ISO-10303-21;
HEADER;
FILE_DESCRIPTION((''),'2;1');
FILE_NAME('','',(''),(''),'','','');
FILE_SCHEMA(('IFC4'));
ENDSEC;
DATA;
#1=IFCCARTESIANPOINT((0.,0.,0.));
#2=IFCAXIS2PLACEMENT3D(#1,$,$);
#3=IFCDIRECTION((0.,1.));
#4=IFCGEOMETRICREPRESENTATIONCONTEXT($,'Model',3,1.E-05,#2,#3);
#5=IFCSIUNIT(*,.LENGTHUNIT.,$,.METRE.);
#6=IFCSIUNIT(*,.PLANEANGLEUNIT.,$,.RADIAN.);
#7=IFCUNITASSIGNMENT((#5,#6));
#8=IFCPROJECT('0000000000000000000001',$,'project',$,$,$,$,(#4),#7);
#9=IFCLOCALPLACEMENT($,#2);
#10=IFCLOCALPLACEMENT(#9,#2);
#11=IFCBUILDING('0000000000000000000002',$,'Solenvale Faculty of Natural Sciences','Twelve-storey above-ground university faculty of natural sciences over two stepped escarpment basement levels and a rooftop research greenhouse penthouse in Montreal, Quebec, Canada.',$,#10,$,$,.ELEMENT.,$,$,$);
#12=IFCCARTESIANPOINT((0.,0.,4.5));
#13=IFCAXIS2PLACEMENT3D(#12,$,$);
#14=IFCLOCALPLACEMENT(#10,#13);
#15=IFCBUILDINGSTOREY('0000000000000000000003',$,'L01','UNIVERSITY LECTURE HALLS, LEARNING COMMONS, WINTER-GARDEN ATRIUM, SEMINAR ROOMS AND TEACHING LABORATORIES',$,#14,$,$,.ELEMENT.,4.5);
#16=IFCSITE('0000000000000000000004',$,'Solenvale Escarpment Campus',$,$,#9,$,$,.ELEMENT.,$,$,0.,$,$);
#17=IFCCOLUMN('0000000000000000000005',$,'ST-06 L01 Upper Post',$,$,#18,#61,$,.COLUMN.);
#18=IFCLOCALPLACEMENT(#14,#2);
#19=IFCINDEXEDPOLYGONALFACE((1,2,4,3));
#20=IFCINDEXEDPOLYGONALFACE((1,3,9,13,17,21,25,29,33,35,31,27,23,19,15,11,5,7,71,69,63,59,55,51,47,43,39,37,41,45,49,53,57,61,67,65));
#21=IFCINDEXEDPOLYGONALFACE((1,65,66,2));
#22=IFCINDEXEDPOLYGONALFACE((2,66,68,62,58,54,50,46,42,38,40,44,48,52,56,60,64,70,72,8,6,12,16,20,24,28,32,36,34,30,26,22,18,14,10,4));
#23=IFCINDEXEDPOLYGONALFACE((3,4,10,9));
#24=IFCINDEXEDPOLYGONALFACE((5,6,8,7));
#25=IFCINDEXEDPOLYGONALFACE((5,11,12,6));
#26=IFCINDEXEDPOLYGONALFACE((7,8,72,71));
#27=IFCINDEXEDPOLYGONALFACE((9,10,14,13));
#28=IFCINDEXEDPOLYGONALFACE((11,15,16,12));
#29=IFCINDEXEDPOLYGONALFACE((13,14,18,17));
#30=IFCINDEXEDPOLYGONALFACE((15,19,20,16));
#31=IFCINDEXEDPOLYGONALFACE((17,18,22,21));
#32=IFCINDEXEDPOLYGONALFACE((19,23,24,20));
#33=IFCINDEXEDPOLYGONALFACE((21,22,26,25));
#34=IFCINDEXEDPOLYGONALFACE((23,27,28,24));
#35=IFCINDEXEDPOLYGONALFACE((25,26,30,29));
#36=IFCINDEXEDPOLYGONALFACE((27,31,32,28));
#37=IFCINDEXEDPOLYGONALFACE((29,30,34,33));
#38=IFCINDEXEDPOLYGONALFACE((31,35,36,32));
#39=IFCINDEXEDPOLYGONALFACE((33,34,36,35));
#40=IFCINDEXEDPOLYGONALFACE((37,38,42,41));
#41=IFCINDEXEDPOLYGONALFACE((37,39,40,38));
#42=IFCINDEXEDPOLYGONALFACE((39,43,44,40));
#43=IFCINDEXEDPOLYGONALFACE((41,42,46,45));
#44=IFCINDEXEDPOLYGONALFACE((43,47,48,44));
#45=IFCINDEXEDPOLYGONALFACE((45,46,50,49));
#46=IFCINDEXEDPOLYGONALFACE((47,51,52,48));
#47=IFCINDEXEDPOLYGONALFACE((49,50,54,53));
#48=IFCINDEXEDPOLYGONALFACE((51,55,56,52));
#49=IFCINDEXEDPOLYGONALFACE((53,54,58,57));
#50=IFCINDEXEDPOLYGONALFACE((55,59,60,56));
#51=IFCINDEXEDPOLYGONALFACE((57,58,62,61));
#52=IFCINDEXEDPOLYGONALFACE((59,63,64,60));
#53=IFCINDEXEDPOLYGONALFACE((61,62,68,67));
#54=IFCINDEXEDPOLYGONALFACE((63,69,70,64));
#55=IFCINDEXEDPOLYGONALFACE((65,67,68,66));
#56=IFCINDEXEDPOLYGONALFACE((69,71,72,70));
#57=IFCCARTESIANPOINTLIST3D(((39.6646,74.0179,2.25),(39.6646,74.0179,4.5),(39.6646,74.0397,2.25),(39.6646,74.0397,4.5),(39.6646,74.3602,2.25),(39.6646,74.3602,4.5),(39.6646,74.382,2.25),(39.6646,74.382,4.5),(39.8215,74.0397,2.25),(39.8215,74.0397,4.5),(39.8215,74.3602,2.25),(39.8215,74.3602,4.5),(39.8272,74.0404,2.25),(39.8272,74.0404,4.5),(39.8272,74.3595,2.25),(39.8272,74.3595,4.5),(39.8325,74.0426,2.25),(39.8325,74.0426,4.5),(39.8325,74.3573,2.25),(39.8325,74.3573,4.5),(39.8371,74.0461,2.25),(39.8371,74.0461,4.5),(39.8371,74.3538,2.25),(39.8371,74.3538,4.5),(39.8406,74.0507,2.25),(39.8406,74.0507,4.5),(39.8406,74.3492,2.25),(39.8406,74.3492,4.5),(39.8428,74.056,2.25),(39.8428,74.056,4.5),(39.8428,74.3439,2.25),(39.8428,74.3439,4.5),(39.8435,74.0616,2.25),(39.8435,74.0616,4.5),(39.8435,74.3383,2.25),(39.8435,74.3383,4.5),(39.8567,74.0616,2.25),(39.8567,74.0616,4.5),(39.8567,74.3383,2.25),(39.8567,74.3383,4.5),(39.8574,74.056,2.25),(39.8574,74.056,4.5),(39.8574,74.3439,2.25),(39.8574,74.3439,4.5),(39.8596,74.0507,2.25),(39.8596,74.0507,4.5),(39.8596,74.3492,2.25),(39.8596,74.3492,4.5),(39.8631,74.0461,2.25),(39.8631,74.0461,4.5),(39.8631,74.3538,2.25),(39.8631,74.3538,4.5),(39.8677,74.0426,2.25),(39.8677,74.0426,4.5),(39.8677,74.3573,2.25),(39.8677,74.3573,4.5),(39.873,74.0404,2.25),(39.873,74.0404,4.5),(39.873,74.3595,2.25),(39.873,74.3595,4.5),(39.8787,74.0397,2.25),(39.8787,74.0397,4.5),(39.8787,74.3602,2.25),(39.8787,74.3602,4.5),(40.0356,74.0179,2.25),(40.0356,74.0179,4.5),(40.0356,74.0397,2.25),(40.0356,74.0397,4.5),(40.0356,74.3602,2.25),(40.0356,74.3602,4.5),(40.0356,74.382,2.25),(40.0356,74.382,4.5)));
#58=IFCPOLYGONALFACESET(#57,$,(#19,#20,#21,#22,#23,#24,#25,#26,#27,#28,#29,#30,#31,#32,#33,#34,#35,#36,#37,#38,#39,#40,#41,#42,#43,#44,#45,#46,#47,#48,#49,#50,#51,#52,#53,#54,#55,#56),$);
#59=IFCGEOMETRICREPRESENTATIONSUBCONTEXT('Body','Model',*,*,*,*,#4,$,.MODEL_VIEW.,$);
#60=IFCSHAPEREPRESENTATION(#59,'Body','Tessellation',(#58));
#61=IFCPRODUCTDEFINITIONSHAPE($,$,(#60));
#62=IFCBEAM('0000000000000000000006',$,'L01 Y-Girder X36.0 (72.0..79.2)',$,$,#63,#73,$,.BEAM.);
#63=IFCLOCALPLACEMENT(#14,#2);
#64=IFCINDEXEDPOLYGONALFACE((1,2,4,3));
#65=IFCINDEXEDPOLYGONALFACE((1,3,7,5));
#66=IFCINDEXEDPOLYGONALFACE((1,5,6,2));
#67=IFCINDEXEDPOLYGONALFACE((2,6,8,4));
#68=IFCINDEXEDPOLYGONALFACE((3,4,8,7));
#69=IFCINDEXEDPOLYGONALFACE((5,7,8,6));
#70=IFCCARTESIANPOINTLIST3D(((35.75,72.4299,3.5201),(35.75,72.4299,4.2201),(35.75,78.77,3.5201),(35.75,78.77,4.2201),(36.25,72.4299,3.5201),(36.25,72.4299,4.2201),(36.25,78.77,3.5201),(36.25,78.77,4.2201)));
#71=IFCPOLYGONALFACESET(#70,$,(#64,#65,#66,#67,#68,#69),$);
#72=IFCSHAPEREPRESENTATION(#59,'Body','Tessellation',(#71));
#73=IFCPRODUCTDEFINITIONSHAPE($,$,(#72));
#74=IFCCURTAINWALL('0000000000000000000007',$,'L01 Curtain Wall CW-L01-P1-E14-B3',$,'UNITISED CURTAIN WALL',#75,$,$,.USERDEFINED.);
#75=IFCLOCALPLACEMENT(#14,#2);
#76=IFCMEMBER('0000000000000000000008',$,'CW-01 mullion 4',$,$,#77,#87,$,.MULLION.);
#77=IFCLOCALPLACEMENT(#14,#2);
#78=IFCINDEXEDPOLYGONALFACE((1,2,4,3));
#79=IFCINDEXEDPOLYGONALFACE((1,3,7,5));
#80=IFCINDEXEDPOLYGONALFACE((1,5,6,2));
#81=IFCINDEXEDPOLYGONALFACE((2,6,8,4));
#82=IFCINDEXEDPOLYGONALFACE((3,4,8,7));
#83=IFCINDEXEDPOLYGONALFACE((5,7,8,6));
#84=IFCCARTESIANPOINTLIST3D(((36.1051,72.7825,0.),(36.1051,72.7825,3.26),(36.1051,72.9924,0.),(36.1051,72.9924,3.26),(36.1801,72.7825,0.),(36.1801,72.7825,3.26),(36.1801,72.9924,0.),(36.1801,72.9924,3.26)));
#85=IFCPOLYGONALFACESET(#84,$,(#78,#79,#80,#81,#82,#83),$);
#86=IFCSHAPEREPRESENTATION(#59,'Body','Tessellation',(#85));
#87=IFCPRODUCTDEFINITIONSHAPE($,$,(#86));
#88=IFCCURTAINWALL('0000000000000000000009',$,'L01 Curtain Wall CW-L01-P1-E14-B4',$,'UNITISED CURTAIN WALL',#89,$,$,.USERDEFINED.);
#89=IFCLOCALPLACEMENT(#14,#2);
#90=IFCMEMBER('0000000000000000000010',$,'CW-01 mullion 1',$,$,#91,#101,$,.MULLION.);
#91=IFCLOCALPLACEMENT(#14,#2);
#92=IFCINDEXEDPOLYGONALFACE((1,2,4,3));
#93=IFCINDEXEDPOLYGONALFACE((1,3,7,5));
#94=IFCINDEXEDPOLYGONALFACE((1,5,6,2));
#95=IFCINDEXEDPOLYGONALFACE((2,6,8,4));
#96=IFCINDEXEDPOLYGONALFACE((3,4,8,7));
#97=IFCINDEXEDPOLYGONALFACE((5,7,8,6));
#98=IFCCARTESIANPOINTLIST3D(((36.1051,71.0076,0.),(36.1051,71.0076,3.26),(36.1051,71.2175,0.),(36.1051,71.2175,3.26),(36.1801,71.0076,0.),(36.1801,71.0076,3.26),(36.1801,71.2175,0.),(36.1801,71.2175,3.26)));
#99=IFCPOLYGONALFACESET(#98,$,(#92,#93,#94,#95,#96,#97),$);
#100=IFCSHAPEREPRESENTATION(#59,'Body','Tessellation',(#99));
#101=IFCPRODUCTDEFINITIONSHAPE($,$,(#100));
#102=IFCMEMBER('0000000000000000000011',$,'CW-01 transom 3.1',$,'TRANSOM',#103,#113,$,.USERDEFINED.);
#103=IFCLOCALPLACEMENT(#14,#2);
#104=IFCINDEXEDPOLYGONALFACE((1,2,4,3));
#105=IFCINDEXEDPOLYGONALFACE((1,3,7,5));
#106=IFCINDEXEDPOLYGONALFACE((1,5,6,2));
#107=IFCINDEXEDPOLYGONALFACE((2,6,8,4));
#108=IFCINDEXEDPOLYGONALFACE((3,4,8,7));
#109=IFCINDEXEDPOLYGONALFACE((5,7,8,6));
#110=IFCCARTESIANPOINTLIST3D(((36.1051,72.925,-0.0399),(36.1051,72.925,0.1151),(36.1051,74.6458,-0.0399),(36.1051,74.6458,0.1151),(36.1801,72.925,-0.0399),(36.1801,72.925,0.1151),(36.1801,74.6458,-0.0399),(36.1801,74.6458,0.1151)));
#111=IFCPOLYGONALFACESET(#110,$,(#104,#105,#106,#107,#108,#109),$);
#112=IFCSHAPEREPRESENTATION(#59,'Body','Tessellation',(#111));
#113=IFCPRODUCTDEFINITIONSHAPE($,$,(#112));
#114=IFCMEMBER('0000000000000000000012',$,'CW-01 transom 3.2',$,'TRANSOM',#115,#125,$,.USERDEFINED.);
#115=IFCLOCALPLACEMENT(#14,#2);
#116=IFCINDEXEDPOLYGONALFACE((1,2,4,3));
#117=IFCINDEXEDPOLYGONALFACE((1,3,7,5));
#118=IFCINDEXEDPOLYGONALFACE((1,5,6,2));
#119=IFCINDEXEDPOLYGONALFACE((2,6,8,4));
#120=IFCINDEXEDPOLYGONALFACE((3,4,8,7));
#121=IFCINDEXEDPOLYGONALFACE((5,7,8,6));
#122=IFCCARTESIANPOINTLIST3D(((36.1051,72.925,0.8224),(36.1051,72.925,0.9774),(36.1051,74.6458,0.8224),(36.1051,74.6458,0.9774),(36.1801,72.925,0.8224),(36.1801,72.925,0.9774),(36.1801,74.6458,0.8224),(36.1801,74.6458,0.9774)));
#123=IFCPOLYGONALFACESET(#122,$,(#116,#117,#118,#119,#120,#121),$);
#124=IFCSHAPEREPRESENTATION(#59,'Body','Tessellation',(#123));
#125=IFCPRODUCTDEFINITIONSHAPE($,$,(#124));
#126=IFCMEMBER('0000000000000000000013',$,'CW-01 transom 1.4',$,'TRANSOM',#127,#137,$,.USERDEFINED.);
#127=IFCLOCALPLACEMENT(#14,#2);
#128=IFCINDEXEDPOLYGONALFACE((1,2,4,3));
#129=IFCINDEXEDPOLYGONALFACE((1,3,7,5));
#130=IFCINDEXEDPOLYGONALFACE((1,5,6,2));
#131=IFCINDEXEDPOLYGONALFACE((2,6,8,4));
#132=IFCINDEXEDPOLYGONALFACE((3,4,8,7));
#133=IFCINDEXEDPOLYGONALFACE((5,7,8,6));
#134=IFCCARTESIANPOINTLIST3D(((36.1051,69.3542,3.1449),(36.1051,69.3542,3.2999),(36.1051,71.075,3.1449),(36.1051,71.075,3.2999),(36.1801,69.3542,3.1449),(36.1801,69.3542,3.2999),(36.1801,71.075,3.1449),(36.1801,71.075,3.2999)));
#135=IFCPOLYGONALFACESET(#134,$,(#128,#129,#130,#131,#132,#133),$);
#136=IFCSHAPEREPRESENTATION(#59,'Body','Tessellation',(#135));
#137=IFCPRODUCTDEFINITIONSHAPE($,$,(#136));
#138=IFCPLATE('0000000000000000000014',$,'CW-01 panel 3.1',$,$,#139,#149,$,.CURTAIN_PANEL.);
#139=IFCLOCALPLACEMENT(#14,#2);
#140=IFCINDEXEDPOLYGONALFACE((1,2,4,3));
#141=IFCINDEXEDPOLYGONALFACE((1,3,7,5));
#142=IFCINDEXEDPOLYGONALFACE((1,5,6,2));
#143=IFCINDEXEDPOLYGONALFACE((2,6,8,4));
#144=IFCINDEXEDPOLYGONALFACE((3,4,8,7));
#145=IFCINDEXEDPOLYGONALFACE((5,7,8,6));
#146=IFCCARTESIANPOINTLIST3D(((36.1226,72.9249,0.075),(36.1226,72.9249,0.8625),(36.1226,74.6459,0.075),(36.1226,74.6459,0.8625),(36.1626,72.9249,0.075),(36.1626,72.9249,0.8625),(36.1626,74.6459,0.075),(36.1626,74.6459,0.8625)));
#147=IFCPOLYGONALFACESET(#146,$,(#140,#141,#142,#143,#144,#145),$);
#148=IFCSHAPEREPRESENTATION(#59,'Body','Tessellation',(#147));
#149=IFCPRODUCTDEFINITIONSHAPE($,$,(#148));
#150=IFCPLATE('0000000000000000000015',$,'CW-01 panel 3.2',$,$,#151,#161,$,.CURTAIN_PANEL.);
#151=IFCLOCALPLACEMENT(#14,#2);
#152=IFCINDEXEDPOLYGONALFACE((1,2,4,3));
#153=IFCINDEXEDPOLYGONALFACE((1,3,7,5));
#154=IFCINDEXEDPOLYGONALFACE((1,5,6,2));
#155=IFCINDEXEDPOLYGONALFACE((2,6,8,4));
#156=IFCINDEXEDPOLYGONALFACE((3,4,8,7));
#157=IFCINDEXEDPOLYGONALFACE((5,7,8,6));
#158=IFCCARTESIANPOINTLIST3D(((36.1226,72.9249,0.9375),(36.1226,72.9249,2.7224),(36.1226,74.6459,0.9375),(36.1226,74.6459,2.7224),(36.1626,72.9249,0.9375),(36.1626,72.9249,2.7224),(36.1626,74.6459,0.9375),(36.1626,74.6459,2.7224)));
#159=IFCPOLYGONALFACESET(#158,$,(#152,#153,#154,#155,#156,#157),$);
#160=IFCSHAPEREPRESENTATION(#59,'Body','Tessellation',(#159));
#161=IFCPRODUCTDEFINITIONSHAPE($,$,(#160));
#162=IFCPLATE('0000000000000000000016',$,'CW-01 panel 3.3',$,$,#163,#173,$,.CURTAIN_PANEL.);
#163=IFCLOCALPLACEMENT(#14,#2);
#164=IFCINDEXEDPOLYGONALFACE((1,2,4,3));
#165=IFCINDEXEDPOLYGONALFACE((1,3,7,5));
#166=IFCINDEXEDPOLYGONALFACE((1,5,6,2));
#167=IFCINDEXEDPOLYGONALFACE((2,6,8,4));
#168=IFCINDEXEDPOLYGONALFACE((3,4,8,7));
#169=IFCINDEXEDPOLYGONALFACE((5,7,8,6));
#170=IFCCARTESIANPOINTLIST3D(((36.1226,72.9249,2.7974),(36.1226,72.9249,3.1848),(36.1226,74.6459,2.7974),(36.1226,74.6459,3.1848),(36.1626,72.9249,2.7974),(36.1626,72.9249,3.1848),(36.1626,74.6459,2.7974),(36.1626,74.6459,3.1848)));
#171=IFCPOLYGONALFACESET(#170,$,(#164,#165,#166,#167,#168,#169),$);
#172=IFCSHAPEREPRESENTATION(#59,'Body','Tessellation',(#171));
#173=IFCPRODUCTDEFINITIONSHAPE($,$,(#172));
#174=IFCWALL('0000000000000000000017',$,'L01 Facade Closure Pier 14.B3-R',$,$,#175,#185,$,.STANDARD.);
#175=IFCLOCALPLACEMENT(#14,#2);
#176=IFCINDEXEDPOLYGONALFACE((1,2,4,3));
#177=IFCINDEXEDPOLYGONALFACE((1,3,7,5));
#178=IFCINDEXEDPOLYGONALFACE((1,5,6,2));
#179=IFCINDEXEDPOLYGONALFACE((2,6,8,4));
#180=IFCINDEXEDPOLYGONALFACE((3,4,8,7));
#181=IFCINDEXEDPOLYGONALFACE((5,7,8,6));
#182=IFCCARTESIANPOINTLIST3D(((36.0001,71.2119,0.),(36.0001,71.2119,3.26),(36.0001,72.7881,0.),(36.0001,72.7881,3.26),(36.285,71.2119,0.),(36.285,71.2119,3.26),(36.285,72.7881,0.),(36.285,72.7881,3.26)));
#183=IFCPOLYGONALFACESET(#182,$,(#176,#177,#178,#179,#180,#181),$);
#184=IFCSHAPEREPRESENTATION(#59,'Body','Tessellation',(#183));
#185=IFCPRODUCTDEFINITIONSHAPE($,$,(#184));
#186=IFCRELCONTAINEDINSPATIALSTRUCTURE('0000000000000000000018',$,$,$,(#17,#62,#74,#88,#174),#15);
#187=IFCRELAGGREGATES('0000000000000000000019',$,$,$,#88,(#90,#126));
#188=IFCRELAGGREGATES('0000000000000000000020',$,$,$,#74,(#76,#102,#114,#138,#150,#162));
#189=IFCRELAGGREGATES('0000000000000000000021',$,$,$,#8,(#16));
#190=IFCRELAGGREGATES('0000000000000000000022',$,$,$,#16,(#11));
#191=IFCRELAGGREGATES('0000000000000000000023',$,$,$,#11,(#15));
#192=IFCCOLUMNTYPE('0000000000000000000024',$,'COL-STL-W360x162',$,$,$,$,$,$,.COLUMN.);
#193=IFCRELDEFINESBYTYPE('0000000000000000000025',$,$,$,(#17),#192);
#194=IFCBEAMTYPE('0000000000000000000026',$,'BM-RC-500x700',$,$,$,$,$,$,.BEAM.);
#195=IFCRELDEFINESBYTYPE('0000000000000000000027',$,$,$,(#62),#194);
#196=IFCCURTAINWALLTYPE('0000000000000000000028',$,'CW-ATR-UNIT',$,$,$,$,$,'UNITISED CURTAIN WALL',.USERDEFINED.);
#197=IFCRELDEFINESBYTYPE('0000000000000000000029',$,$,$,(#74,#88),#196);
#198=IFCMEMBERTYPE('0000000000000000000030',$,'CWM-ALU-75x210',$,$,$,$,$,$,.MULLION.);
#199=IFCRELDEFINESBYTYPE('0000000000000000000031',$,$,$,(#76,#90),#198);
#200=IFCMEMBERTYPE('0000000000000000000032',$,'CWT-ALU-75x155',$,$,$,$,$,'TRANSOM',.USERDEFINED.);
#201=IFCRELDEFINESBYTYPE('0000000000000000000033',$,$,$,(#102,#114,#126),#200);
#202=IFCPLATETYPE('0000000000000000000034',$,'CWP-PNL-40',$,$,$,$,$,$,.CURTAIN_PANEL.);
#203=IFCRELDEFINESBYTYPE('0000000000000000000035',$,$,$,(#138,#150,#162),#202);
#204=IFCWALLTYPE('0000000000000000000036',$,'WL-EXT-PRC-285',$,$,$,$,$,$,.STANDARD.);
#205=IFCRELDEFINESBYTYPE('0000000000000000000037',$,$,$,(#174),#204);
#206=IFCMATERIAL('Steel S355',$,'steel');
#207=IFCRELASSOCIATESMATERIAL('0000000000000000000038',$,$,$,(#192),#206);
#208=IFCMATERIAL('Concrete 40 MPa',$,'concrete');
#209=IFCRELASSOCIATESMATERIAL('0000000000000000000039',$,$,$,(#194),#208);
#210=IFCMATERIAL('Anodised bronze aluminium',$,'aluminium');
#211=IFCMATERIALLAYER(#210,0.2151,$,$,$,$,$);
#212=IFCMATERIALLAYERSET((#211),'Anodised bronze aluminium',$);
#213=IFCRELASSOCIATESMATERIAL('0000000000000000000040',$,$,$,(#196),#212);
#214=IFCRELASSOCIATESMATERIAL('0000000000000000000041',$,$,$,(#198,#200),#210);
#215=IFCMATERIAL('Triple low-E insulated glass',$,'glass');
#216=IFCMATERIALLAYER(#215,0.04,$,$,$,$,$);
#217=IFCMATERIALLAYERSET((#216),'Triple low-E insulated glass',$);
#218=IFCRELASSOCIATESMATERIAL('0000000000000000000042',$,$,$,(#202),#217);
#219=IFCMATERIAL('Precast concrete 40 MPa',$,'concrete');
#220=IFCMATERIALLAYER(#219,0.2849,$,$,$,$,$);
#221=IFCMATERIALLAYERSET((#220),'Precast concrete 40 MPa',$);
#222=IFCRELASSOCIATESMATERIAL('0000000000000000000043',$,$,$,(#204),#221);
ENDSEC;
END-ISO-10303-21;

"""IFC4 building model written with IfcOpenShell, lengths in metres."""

from ifc_helpers import new_model, si_unit, direction, frame, frame_2d, origin, origin_2d, place, context, subcontext, project, spatial, rectangle, i_section, extrude, material, layer, layer_set, material_profile, profile_set, type_object, element, aggregate, save


model = new_model("IFC4")

# Units and contexts
model_context = context("Model", 3, precision=1e-05, world=origin(), true_north=direction((0.0, 1.0)))
body_context = subcontext(model_context, "Body", "Model", "MODEL_VIEW")
ifc_project = project(units=[si_unit("LENGTHUNIT", "METRE"), si_unit("PLANEANGLEUNIT", "RADIAN")], contexts=[model_context])

# Site, building, storey
site_placement = place(None, origin())
site = spatial("IfcSite", under=ifc_project, at=site_placement, Name="Solenvale Escarpment Campus", CompositionType="ELEMENT", RefElevation=0.0)
building_placement = place(site_placement, origin())
building = spatial("IfcBuilding", under=site, at=building_placement, Name="Solenvale Faculty of Natural Sciences", Description="Twelve-storey above-ground university faculty of natural sciences over two stepped escarpment basement levels and a rooftop research greenhouse penthouse in Montreal, Quebec, Canada.", CompositionType="ELEMENT")
storey_placement = place(building_placement, frame((0.0, 0.0, 4.5)))
storey = spatial("IfcBuildingStorey", under=building, at=storey_placement, Name="L01", Description="UNIVERSITY LECTURE HALLS, LEARNING COMMONS, WINTER-GARDEN ATRIUM, SEMINAR ROOMS AND TEACHING LABORATORIES", CompositionType="ELEMENT", Elevation=4.5)

# Column
ifc_material_1 = material(Name="Steel S355", Category="steel")
ifc_material_profile_1 = material_profile(ifc_material_1, i_section(OverallWidth=0.3711, OverallDepth=0.364, WebThickness=0.0132, FlangeThickness=0.0217, FilletRadius=0.022, at=origin_2d()), Name="W360x162")
ifc_profile_set_1 = profile_set([ifc_material_profile_1], Name="Steel S355")
column_type_1 = type_object("IfcColumnType", Name="COL-STL-W360x162", PredefinedType="COLUMN", material=ifc_profile_set_1)
column_1_placement = place(storey_placement, frame((39.8501, 74.2, 2.25), z_axis=(0.0, 0.0, 1.0), x_axis=(1.0, 0.0, 0.0)))
element("IfcColumn", 1, at=column_1_placement, inside=storey, type_object=column_type_1, Name="ST-06 L01 Upper Post", PredefinedType="COLUMN", context=body_context, shape_type="SweptSolid", body=[
    extrude(i_section(OverallWidth=0.3711, OverallDepth=0.364, WebThickness=0.0132, FlangeThickness=0.0217, FilletRadius=0.022, at=origin_2d()), origin(), (0.0, 0.0, 1.0), 2.25),
])

# Beam
ifc_material_2 = material(Name="Concrete 40 MPa", Category="concrete")
ifc_material_profile_2 = material_profile(ifc_material_2, rectangle(XDim=0.5, YDim=0.7, at=origin_2d()), Name="RC-BM-500x700")
ifc_profile_set_2 = profile_set([ifc_material_profile_2], Name="Concrete 40 MPa")
beam_type = type_object("IfcBeamType", Name="BM-RC-500x700", PredefinedType="BEAM", material=ifc_profile_set_2)
beam_placement = place(storey_placement, frame((36.0, 72.4299, 3.8701), z_axis=(0.0, 1.0, 0.0), x_axis=(-1.0, 0.0, 0.0)))
element("IfcBeam", 2, at=beam_placement, inside=storey, type_object=beam_type, Name="L01 Y-Girder X36.0 (72.0..79.2)", PredefinedType="BEAM", context=body_context, shape_type="SweptSolid", body=[
    extrude(rectangle(XDim=0.5, YDim=0.7, at=origin_2d()), origin(), (0.0, 0.0, 1.0), 6.3401),
])

# Curtain walls, members
ifc_material_3 = material(Name="Anodised bronze aluminium", Category="aluminium")
ifc_layer_1 = layer(ifc_material_3, 0.2151)
ifc_layer_set_1 = layer_set([ifc_layer_1], Name="Anodised bronze aluminium")
curtain_wall_type = type_object("IfcCurtainWallType", Name="CW-ATR-UNIT", ElementType="UNITISED CURTAIN WALL", PredefinedType="USERDEFINED", material=ifc_layer_set_1)
curtain_wall_1_placement = place(storey_placement, origin())
curtain_wall_1 = element("IfcCurtainWall", 3, at=curtain_wall_1_placement, inside=storey, type_object=curtain_wall_type, Name="L01 Curtain Wall CW-L01-P1-E14-B3", ObjectType="UNITISED CURTAIN WALL", PredefinedType="USERDEFINED")
ifc_material_profile_3 = material_profile(ifc_material_3, rectangle(XDim=0.075, YDim=0.21, at=origin_2d()), Name="ALU-MUL-75x210")
ifc_profile_set_3 = profile_set([ifc_material_profile_3], Name="Anodised bronze aluminium")
member_type_1 = type_object("IfcMemberType", Name="CWM-ALU-75x210", PredefinedType="MULLION", material=ifc_profile_set_3)
member_1_placement = place(storey_placement, frame((36.1426, 72.8875, 0.0), z_axis=(0.0, 0.0, 1.0), x_axis=(1.0, 0.0, 0.0)))
member_1 = element("IfcMember", 4, at=member_1_placement, type_object=member_type_1, Name="CW-01 mullion 4", PredefinedType="MULLION", context=body_context, shape_type="SweptSolid", body=[
    extrude(rectangle(XDim=0.075, YDim=0.21, at=origin_2d()), origin(), (0.0, 0.0, 1.0), 3.26),
])
curtain_wall_2_placement = place(storey_placement, origin())
curtain_wall_2 = element("IfcCurtainWall", 5, at=curtain_wall_2_placement, inside=storey, type_object=curtain_wall_type, Name="L01 Curtain Wall CW-L01-P1-E14-B4", ObjectType="UNITISED CURTAIN WALL", PredefinedType="USERDEFINED")
member_2_placement = place(storey_placement, frame((36.1426, 71.1125, 0.0), z_axis=(0.0, 0.0, 1.0), x_axis=(1.0, 0.0, 0.0)))
member_2 = element("IfcMember", 6, at=member_2_placement, type_object=member_type_1, Name="CW-01 mullion 1", PredefinedType="MULLION", context=body_context, shape_type="SweptSolid", body=[
    extrude(rectangle(XDim=0.075, YDim=0.21, at=origin_2d()), origin(), (0.0, 0.0, 1.0), 3.26),
])

# Members
ifc_material_profile_4 = material_profile(ifc_material_3, rectangle(XDim=0.075, YDim=0.155, at=origin_2d()), Name="ALU-TRN-75x155")
ifc_profile_set_4 = profile_set([ifc_material_profile_4], Name="Anodised bronze aluminium")
member_type_2 = type_object("IfcMemberType", Name="CWT-ALU-75x155", ElementType="TRANSOM", PredefinedType="USERDEFINED", material=ifc_profile_set_4)
member_3_placement = place(storey_placement, frame((36.1426, 74.6458, 0.0376), z_axis=(0.0, -1.0, 0.0), x_axis=(1.0, 0.0, 0.0)))
member_3 = element("IfcMember", 7, at=member_3_placement, type_object=member_type_2, Name="CW-01 transom 3.1", ObjectType="TRANSOM", PredefinedType="USERDEFINED", context=body_context, shape_type="SweptSolid", body=[
    extrude(rectangle(XDim=0.075, YDim=0.155, at=origin_2d()), origin(), (0.0, 0.0, 1.0), 1.7207),
])
member_4_placement = place(storey_placement, frame((36.1426, 74.6458, 0.8999), z_axis=(0.0, -1.0, 0.0), x_axis=(1.0, 0.0, 0.0)))
member_4 = element("IfcMember", 8, at=member_4_placement, type_object=member_type_2, Name="CW-01 transom 3.2", ObjectType="TRANSOM", PredefinedType="USERDEFINED", context=body_context, shape_type="SweptSolid", body=[
    extrude(rectangle(XDim=0.075, YDim=0.155, at=origin_2d()), origin(), (0.0, 0.0, 1.0), 1.7207),
])
member_5_placement = place(storey_placement, frame((36.1426, 71.075, 3.2224), z_axis=(0.0, -1.0, 0.0), x_axis=(1.0, 0.0, 0.0)))
member_5 = element("IfcMember", 9, at=member_5_placement, type_object=member_type_2, Name="CW-01 transom 1.4", ObjectType="TRANSOM", PredefinedType="USERDEFINED", context=body_context, shape_type="SweptSolid", body=[
    extrude(rectangle(XDim=0.075, YDim=0.155, at=origin_2d()), origin(), (0.0, 0.0, 1.0), 1.7207),
])
aggregate(curtain_wall_2, [member_2, member_5])

# Plates
ifc_material_4 = material(Name="Triple low-E insulated glass", Category="glass")
ifc_layer_2 = layer(ifc_material_4, 0.04)
ifc_layer_set_2 = layer_set([ifc_layer_2], Name="Triple low-E insulated glass")
plate_type = type_object("IfcPlateType", Name="CWP-PNL-40", PredefinedType="CURTAIN_PANEL", material=ifc_layer_set_2)
plate_1_placement = place(storey_placement, frame((36.1426, 73.7854, 0.075), z_axis=(0.0, 0.0, 1.0), x_axis=(0.0, -1.0, 0.0)))
plate_1 = element("IfcPlate", 10, at=plate_1_placement, type_object=plate_type, Name="CW-01 panel 3.1", PredefinedType="CURTAIN_PANEL", context=body_context, shape_type="SweptSolid", body=[
    extrude(rectangle(XDim=1.7209, YDim=0.04, at=origin_2d()), origin(), (0.0, 0.0, 1.0), 0.7876),
])
plate_2_placement = place(storey_placement, frame((36.1426, 73.7854, 0.9375), z_axis=(0.0, 0.0, 1.0), x_axis=(0.0, -1.0, 0.0)))
plate_2 = element("IfcPlate", 11, at=plate_2_placement, type_object=plate_type, Name="CW-01 panel 3.2", PredefinedType="CURTAIN_PANEL", context=body_context, shape_type="SweptSolid", body=[
    extrude(rectangle(XDim=1.7209, YDim=0.04, at=origin_2d()), origin(), (0.0, 0.0, 1.0), 1.7849),
])
plate_3_placement = place(storey_placement, frame((36.1426, 73.7854, 2.7974), z_axis=(0.0, 0.0, 1.0), x_axis=(0.0, -1.0, 0.0)))
plate_3 = element("IfcPlate", 12, at=plate_3_placement, type_object=plate_type, Name="CW-01 panel 3.3", PredefinedType="CURTAIN_PANEL", context=body_context, shape_type="SweptSolid", body=[
    extrude(rectangle(XDim=1.7209, YDim=0.04, at=origin_2d()), origin(), (0.0, 0.0, 1.0), 0.3875),
])
aggregate(curtain_wall_1, [member_1, member_3, member_4, plate_1, plate_2, plate_3])

# Wall
ifc_material_5 = material(Name="Precast concrete 40 MPa", Category="concrete")
ifc_layer_3 = layer(ifc_material_5, 0.2849)
ifc_layer_set_3 = layer_set([ifc_layer_3], Name="Precast concrete 40 MPa")
wall_type = type_object("IfcWallType", Name="WL-EXT-PRC-285", PredefinedType="STANDARD", material=ifc_layer_set_3)
wall_placement = place(storey_placement, frame((36.1426, 72.7881, 0.0), z_axis=(0.0, 0.0, 1.0), x_axis=(0.0, -1.0, 0.0)))
element("IfcWall", 13, at=wall_placement, inside=storey, type_object=wall_type, Name="L01 Facade Closure Pier 14.B3-R", PredefinedType="STANDARD", context=body_context, shape_type="SweptSolid", body=[
    extrude(rectangle(XDim=1.5762, YDim=0.2849, at=frame_2d((0.7881, 0.0))), origin(), (0.0, 0.0, 1.0), 3.26),
])

save(model, "model.ifc")
